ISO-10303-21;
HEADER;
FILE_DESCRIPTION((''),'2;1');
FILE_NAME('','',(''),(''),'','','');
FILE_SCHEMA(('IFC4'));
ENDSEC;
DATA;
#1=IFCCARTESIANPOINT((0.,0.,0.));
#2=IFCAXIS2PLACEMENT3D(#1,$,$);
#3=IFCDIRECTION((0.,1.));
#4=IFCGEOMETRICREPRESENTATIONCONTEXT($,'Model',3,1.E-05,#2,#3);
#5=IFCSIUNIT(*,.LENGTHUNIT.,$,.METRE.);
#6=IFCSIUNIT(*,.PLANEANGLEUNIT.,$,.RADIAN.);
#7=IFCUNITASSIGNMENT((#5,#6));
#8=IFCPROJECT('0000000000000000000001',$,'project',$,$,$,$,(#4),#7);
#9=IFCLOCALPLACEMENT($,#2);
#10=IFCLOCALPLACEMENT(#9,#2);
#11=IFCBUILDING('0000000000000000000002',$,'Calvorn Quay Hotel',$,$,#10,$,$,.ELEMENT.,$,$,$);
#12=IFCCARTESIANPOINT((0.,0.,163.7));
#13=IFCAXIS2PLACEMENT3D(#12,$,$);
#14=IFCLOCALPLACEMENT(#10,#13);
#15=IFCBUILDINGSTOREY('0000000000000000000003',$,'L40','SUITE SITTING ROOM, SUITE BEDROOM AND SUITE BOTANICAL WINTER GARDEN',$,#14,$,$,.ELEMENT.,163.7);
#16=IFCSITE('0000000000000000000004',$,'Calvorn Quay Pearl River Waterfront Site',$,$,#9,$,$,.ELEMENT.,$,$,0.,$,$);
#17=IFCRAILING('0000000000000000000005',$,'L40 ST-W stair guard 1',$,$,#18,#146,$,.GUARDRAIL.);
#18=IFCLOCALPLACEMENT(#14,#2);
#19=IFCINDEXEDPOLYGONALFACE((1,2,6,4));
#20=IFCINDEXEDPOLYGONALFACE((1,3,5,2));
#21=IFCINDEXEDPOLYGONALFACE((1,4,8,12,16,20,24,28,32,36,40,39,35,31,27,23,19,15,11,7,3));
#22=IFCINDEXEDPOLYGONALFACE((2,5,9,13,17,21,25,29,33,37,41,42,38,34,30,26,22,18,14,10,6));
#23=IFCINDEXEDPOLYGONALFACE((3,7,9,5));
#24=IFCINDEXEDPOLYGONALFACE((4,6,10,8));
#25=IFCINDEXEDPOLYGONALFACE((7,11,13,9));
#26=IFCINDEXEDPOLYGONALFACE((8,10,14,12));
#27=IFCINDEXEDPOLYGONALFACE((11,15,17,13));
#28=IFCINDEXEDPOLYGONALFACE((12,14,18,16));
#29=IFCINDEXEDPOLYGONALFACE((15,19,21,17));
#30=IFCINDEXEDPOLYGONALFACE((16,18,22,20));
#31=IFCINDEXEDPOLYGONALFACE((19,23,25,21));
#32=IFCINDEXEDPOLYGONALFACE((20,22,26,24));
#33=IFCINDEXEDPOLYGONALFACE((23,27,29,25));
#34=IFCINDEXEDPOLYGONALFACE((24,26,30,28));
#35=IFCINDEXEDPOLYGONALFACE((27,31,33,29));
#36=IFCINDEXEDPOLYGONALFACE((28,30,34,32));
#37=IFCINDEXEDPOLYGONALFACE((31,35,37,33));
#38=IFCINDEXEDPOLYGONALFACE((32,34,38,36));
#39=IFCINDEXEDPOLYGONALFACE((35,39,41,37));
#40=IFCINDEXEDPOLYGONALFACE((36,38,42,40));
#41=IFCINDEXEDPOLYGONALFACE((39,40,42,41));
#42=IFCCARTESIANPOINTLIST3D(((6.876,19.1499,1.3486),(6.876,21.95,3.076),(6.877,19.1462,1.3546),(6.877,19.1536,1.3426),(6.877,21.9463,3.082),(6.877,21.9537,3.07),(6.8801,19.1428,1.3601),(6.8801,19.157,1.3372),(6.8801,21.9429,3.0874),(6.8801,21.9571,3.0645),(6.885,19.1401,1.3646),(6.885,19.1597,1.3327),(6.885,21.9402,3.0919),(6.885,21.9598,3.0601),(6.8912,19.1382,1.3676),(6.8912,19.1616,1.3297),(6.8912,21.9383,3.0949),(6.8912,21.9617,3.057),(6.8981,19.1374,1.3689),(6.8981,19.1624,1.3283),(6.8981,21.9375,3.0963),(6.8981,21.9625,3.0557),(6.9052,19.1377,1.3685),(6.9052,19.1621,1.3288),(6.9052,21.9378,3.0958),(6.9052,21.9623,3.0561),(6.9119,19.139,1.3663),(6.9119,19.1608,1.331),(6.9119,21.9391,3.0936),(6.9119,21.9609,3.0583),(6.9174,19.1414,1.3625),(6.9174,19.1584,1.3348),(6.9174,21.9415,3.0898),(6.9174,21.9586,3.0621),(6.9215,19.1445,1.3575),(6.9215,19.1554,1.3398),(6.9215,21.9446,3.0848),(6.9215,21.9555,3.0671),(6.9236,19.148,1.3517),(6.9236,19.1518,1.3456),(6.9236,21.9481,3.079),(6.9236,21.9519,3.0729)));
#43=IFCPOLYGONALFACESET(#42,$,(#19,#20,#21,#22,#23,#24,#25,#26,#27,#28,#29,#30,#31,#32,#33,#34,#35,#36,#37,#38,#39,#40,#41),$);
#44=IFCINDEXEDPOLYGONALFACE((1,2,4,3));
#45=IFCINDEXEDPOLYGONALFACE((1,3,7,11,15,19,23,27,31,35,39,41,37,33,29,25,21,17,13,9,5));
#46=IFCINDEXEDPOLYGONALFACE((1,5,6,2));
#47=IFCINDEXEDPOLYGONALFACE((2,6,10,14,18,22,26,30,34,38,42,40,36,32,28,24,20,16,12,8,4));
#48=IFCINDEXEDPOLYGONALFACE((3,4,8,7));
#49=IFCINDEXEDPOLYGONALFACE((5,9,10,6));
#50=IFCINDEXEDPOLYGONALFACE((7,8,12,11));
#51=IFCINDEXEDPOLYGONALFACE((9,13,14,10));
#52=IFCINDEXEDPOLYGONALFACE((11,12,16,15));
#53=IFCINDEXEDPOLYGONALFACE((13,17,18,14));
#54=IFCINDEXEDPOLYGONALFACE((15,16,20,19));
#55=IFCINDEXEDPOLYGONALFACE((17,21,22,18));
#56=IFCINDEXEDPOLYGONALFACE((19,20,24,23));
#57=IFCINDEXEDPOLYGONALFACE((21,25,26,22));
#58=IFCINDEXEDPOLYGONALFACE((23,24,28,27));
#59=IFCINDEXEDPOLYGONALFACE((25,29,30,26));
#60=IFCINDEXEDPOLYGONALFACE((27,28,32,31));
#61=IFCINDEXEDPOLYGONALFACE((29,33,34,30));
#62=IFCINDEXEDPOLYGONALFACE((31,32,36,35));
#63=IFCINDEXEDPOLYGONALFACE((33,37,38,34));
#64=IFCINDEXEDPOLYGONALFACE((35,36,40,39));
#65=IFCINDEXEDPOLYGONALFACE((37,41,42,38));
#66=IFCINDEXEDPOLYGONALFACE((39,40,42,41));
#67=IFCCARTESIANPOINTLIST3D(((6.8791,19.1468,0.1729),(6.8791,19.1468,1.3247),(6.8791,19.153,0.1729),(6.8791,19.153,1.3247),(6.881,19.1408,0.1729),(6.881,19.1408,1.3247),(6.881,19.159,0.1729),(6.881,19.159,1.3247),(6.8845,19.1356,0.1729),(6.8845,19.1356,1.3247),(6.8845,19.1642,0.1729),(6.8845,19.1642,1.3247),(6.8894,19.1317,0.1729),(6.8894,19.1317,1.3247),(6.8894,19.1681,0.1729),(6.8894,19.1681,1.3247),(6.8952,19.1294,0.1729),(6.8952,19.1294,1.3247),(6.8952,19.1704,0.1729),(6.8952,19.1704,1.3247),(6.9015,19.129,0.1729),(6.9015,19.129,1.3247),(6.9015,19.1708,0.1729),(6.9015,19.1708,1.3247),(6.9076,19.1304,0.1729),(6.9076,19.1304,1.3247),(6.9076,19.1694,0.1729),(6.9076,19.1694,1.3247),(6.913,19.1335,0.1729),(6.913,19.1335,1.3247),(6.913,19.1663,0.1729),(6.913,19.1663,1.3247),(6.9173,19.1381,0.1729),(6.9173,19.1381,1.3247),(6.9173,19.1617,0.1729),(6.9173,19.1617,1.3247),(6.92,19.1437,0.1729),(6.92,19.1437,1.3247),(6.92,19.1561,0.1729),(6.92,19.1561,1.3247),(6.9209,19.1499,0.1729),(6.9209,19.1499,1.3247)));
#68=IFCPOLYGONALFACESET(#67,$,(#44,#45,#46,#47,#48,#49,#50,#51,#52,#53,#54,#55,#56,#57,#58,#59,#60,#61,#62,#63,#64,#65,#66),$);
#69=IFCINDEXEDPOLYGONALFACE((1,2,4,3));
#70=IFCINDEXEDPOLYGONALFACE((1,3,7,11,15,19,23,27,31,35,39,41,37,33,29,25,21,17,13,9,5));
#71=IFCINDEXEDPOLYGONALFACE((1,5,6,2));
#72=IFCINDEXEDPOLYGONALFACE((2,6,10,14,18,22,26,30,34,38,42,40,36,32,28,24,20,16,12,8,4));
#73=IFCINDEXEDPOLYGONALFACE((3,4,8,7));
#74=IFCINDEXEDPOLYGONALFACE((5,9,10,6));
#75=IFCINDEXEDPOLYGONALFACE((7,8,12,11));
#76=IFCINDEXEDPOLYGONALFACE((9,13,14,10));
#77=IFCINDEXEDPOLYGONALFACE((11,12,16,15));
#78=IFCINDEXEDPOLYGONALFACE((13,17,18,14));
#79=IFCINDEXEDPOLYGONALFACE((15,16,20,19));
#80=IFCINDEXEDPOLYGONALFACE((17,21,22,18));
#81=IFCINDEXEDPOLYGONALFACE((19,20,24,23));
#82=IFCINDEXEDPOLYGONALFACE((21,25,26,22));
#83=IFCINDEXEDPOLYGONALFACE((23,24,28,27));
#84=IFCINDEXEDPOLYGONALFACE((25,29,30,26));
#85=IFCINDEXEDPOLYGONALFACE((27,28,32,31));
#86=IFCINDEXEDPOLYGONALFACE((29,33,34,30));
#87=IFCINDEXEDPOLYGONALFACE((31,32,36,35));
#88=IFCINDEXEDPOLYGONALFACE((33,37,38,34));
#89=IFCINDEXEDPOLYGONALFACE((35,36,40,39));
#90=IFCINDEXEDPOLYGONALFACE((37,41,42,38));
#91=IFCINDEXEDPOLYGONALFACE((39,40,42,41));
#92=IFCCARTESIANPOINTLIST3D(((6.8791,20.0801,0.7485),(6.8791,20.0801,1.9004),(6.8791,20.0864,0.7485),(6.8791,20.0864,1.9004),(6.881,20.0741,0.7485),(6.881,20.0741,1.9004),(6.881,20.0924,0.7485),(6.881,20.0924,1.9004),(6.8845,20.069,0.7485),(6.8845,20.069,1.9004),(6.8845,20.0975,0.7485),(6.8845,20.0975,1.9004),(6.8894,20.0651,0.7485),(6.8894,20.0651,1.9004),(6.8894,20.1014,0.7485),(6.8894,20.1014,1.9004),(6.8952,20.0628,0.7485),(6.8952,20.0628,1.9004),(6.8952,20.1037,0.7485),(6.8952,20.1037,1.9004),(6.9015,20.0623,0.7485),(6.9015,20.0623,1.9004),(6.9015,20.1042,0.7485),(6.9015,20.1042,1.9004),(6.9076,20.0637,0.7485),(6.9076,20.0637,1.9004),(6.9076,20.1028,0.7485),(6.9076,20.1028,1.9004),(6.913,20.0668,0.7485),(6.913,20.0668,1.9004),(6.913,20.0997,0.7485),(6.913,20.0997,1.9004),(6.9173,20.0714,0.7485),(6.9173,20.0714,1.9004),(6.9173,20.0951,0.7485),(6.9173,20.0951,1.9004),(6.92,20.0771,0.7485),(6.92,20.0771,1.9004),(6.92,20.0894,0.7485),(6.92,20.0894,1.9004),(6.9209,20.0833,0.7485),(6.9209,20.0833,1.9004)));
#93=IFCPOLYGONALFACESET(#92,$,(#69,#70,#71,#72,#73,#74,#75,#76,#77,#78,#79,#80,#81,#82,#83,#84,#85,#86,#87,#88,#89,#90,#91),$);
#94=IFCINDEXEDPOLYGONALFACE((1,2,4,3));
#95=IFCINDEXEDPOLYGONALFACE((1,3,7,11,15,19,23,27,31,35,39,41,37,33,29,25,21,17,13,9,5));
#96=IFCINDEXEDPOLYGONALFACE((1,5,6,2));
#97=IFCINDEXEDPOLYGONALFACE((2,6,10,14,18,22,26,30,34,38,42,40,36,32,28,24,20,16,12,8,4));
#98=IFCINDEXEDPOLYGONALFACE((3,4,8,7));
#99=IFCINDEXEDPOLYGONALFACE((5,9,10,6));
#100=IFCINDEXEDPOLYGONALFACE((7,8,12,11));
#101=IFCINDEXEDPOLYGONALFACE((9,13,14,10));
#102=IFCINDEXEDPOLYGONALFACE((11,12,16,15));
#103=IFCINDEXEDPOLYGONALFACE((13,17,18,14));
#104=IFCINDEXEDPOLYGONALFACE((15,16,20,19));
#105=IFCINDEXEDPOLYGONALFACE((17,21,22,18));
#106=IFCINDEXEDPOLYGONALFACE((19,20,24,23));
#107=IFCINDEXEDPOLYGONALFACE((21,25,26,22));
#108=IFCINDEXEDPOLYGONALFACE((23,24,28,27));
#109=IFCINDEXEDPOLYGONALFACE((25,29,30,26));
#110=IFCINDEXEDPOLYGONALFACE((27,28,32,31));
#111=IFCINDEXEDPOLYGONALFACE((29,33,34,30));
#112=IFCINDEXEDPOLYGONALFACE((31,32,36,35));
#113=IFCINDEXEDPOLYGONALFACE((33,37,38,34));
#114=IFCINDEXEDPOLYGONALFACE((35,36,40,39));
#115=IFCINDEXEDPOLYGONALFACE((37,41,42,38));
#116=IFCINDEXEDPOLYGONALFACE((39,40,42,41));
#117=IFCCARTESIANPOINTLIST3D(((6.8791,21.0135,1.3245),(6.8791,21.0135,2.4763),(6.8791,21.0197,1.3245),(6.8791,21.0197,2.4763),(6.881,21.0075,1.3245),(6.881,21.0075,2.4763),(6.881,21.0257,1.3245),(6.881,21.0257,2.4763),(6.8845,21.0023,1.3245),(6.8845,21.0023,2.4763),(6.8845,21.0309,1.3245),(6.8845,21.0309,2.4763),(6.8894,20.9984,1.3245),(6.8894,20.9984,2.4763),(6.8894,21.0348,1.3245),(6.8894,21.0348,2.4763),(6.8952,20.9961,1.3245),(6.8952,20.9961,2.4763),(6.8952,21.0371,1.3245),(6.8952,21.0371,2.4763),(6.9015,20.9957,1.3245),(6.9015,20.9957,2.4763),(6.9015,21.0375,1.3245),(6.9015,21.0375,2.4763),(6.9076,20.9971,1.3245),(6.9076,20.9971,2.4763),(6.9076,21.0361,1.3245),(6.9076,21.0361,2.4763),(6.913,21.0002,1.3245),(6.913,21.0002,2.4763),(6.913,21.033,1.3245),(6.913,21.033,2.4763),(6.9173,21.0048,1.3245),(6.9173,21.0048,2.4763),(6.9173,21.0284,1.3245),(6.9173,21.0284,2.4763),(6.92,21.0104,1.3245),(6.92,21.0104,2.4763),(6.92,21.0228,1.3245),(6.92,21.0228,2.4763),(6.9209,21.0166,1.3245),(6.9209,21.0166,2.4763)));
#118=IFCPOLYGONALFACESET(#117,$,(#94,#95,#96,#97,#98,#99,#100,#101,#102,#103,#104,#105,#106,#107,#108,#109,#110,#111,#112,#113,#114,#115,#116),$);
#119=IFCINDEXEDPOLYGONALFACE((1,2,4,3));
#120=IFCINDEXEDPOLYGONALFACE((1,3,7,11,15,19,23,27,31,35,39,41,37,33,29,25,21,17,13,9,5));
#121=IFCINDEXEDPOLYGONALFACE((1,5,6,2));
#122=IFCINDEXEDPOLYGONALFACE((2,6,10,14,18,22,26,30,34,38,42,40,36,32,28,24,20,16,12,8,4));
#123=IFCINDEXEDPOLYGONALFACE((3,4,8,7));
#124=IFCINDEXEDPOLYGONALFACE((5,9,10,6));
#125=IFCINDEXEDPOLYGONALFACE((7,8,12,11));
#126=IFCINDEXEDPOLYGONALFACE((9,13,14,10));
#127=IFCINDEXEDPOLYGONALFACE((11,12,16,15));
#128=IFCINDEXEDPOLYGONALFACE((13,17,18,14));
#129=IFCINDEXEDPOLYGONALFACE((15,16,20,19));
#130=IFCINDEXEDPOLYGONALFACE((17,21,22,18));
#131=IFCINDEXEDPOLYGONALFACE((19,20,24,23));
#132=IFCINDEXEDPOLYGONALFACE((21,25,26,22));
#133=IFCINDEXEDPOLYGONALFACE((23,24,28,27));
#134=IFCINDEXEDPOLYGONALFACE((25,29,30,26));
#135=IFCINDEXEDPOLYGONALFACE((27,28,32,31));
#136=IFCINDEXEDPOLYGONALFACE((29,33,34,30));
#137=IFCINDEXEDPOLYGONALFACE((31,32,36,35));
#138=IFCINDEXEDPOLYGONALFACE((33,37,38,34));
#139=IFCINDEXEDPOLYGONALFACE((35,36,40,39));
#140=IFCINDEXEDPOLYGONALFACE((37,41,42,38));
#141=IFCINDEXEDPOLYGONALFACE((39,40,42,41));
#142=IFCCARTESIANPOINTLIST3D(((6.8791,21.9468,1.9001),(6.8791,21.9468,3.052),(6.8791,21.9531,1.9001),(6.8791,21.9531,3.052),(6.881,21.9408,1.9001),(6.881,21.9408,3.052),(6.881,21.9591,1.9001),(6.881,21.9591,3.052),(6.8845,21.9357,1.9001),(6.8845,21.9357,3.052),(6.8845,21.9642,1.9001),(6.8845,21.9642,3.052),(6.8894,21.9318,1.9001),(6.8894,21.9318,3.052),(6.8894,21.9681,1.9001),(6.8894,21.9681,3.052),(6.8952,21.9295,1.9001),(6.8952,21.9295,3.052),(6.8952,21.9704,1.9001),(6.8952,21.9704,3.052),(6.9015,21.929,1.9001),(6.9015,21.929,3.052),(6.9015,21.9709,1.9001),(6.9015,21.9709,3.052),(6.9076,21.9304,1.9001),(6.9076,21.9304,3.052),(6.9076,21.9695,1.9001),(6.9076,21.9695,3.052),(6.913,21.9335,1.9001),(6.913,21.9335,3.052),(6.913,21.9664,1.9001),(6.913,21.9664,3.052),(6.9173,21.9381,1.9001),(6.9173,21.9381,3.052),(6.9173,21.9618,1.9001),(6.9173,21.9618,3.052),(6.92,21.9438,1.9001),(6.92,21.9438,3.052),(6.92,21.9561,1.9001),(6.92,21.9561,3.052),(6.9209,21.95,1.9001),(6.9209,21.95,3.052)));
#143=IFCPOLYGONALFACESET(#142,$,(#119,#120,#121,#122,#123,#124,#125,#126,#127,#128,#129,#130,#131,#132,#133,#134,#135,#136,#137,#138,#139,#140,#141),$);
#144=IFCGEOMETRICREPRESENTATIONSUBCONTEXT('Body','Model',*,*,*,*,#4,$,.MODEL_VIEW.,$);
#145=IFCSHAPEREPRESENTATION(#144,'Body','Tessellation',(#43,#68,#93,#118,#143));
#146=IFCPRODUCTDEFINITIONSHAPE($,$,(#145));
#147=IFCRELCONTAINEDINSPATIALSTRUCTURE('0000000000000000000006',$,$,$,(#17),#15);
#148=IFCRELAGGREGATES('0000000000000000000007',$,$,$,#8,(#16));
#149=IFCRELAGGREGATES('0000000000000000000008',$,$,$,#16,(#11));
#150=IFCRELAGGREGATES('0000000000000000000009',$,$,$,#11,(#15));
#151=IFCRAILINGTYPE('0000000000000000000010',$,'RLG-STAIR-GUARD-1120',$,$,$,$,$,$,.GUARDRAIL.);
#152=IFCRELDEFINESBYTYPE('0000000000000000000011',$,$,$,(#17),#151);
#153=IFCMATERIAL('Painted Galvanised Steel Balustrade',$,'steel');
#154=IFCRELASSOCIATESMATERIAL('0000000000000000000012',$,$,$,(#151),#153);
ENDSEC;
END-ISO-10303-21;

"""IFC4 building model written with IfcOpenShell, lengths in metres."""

from ifc_helpers import new_model, si_unit, direction, frame, origin, origin_2d, place, context, subcontext, project, spatial, circle, extrude, material, type_object, element, save


model = new_model("IFC4")

# Units and contexts
model_context = context("Model", 3, precision=1e-05, world=origin(), true_north=direction((0.0, 1.0)))
body_context = subcontext(model_context, "Body", "Model", "MODEL_VIEW")
ifc_project = project(units=[si_unit("LENGTHUNIT", "METRE"), si_unit("PLANEANGLEUNIT", "RADIAN")], contexts=[model_context])

# Site, building, storey
site_placement = place(None, origin())
site = spatial("IfcSite", under=ifc_project, at=site_placement, Name="Calvorn Quay Pearl River Waterfront Site", CompositionType="ELEMENT", RefElevation=0.0)
building_placement = place(site_placement, origin())
building = spatial("IfcBuilding", under=site, at=building_placement, Name="Calvorn Quay Hotel", CompositionType="ELEMENT")
storey_placement = place(building_placement, frame((0.0, 0.0, 163.7)))
storey = spatial("IfcBuildingStorey", under=building, at=storey_placement, Name="L40", Description="SUITE SITTING ROOM, SUITE BEDROOM AND SUITE BOTANICAL WINTER GARDEN", CompositionType="ELEMENT", Elevation=163.7)

# Railing
ifc_material_1 = material(Name="Painted Galvanised Steel Balustrade", Category="steel")
railing_type_1 = type_object("IfcRailingType", Name="RLG-STAIR-GUARD-1120", PredefinedType="GUARDRAIL", material=ifc_material_1)
railing_1_placement = place(storey_placement, frame((6.8999, 19.1499, 0.1729)))
element("IfcRailing", 1, at=railing_1_placement, inside=storey, type_object=railing_type_1, Name="L40 ST-W stair guard 1", PredefinedType="GUARDRAIL", context=body_context, shape_type="SweptSolid", body=[
    extrude(circle(Radius=0.0239, at=origin_2d()), frame((0.0, 0.0, 1.1758), z_axis=(0.0, 0.85109, 0.52502), x_axis=(-1.0, 0.0, 0.0)), (0.0, 0.0, 1.0), 3.29),
    extrude(circle(Radius=0.021, at=origin_2d()), origin(), (0.0, 0.0, 1.0), 1.1519),
    extrude(circle(Radius=0.021, at=origin_2d()), frame((0.0, 0.9333, 0.5757)), (0.0, 0.0, 1.0), 1.1519),
    extrude(circle(Radius=0.021, at=origin_2d()), frame((0.0, 1.8667, 1.1516)), (0.0, 0.0, 1.0), 1.1519),
    extrude(circle(Radius=0.021, at=origin_2d()), frame((0.0, 2.8, 1.7273)), (0.0, 0.0, 1.0), 1.1519),
])

save(model, "model.ifc")
